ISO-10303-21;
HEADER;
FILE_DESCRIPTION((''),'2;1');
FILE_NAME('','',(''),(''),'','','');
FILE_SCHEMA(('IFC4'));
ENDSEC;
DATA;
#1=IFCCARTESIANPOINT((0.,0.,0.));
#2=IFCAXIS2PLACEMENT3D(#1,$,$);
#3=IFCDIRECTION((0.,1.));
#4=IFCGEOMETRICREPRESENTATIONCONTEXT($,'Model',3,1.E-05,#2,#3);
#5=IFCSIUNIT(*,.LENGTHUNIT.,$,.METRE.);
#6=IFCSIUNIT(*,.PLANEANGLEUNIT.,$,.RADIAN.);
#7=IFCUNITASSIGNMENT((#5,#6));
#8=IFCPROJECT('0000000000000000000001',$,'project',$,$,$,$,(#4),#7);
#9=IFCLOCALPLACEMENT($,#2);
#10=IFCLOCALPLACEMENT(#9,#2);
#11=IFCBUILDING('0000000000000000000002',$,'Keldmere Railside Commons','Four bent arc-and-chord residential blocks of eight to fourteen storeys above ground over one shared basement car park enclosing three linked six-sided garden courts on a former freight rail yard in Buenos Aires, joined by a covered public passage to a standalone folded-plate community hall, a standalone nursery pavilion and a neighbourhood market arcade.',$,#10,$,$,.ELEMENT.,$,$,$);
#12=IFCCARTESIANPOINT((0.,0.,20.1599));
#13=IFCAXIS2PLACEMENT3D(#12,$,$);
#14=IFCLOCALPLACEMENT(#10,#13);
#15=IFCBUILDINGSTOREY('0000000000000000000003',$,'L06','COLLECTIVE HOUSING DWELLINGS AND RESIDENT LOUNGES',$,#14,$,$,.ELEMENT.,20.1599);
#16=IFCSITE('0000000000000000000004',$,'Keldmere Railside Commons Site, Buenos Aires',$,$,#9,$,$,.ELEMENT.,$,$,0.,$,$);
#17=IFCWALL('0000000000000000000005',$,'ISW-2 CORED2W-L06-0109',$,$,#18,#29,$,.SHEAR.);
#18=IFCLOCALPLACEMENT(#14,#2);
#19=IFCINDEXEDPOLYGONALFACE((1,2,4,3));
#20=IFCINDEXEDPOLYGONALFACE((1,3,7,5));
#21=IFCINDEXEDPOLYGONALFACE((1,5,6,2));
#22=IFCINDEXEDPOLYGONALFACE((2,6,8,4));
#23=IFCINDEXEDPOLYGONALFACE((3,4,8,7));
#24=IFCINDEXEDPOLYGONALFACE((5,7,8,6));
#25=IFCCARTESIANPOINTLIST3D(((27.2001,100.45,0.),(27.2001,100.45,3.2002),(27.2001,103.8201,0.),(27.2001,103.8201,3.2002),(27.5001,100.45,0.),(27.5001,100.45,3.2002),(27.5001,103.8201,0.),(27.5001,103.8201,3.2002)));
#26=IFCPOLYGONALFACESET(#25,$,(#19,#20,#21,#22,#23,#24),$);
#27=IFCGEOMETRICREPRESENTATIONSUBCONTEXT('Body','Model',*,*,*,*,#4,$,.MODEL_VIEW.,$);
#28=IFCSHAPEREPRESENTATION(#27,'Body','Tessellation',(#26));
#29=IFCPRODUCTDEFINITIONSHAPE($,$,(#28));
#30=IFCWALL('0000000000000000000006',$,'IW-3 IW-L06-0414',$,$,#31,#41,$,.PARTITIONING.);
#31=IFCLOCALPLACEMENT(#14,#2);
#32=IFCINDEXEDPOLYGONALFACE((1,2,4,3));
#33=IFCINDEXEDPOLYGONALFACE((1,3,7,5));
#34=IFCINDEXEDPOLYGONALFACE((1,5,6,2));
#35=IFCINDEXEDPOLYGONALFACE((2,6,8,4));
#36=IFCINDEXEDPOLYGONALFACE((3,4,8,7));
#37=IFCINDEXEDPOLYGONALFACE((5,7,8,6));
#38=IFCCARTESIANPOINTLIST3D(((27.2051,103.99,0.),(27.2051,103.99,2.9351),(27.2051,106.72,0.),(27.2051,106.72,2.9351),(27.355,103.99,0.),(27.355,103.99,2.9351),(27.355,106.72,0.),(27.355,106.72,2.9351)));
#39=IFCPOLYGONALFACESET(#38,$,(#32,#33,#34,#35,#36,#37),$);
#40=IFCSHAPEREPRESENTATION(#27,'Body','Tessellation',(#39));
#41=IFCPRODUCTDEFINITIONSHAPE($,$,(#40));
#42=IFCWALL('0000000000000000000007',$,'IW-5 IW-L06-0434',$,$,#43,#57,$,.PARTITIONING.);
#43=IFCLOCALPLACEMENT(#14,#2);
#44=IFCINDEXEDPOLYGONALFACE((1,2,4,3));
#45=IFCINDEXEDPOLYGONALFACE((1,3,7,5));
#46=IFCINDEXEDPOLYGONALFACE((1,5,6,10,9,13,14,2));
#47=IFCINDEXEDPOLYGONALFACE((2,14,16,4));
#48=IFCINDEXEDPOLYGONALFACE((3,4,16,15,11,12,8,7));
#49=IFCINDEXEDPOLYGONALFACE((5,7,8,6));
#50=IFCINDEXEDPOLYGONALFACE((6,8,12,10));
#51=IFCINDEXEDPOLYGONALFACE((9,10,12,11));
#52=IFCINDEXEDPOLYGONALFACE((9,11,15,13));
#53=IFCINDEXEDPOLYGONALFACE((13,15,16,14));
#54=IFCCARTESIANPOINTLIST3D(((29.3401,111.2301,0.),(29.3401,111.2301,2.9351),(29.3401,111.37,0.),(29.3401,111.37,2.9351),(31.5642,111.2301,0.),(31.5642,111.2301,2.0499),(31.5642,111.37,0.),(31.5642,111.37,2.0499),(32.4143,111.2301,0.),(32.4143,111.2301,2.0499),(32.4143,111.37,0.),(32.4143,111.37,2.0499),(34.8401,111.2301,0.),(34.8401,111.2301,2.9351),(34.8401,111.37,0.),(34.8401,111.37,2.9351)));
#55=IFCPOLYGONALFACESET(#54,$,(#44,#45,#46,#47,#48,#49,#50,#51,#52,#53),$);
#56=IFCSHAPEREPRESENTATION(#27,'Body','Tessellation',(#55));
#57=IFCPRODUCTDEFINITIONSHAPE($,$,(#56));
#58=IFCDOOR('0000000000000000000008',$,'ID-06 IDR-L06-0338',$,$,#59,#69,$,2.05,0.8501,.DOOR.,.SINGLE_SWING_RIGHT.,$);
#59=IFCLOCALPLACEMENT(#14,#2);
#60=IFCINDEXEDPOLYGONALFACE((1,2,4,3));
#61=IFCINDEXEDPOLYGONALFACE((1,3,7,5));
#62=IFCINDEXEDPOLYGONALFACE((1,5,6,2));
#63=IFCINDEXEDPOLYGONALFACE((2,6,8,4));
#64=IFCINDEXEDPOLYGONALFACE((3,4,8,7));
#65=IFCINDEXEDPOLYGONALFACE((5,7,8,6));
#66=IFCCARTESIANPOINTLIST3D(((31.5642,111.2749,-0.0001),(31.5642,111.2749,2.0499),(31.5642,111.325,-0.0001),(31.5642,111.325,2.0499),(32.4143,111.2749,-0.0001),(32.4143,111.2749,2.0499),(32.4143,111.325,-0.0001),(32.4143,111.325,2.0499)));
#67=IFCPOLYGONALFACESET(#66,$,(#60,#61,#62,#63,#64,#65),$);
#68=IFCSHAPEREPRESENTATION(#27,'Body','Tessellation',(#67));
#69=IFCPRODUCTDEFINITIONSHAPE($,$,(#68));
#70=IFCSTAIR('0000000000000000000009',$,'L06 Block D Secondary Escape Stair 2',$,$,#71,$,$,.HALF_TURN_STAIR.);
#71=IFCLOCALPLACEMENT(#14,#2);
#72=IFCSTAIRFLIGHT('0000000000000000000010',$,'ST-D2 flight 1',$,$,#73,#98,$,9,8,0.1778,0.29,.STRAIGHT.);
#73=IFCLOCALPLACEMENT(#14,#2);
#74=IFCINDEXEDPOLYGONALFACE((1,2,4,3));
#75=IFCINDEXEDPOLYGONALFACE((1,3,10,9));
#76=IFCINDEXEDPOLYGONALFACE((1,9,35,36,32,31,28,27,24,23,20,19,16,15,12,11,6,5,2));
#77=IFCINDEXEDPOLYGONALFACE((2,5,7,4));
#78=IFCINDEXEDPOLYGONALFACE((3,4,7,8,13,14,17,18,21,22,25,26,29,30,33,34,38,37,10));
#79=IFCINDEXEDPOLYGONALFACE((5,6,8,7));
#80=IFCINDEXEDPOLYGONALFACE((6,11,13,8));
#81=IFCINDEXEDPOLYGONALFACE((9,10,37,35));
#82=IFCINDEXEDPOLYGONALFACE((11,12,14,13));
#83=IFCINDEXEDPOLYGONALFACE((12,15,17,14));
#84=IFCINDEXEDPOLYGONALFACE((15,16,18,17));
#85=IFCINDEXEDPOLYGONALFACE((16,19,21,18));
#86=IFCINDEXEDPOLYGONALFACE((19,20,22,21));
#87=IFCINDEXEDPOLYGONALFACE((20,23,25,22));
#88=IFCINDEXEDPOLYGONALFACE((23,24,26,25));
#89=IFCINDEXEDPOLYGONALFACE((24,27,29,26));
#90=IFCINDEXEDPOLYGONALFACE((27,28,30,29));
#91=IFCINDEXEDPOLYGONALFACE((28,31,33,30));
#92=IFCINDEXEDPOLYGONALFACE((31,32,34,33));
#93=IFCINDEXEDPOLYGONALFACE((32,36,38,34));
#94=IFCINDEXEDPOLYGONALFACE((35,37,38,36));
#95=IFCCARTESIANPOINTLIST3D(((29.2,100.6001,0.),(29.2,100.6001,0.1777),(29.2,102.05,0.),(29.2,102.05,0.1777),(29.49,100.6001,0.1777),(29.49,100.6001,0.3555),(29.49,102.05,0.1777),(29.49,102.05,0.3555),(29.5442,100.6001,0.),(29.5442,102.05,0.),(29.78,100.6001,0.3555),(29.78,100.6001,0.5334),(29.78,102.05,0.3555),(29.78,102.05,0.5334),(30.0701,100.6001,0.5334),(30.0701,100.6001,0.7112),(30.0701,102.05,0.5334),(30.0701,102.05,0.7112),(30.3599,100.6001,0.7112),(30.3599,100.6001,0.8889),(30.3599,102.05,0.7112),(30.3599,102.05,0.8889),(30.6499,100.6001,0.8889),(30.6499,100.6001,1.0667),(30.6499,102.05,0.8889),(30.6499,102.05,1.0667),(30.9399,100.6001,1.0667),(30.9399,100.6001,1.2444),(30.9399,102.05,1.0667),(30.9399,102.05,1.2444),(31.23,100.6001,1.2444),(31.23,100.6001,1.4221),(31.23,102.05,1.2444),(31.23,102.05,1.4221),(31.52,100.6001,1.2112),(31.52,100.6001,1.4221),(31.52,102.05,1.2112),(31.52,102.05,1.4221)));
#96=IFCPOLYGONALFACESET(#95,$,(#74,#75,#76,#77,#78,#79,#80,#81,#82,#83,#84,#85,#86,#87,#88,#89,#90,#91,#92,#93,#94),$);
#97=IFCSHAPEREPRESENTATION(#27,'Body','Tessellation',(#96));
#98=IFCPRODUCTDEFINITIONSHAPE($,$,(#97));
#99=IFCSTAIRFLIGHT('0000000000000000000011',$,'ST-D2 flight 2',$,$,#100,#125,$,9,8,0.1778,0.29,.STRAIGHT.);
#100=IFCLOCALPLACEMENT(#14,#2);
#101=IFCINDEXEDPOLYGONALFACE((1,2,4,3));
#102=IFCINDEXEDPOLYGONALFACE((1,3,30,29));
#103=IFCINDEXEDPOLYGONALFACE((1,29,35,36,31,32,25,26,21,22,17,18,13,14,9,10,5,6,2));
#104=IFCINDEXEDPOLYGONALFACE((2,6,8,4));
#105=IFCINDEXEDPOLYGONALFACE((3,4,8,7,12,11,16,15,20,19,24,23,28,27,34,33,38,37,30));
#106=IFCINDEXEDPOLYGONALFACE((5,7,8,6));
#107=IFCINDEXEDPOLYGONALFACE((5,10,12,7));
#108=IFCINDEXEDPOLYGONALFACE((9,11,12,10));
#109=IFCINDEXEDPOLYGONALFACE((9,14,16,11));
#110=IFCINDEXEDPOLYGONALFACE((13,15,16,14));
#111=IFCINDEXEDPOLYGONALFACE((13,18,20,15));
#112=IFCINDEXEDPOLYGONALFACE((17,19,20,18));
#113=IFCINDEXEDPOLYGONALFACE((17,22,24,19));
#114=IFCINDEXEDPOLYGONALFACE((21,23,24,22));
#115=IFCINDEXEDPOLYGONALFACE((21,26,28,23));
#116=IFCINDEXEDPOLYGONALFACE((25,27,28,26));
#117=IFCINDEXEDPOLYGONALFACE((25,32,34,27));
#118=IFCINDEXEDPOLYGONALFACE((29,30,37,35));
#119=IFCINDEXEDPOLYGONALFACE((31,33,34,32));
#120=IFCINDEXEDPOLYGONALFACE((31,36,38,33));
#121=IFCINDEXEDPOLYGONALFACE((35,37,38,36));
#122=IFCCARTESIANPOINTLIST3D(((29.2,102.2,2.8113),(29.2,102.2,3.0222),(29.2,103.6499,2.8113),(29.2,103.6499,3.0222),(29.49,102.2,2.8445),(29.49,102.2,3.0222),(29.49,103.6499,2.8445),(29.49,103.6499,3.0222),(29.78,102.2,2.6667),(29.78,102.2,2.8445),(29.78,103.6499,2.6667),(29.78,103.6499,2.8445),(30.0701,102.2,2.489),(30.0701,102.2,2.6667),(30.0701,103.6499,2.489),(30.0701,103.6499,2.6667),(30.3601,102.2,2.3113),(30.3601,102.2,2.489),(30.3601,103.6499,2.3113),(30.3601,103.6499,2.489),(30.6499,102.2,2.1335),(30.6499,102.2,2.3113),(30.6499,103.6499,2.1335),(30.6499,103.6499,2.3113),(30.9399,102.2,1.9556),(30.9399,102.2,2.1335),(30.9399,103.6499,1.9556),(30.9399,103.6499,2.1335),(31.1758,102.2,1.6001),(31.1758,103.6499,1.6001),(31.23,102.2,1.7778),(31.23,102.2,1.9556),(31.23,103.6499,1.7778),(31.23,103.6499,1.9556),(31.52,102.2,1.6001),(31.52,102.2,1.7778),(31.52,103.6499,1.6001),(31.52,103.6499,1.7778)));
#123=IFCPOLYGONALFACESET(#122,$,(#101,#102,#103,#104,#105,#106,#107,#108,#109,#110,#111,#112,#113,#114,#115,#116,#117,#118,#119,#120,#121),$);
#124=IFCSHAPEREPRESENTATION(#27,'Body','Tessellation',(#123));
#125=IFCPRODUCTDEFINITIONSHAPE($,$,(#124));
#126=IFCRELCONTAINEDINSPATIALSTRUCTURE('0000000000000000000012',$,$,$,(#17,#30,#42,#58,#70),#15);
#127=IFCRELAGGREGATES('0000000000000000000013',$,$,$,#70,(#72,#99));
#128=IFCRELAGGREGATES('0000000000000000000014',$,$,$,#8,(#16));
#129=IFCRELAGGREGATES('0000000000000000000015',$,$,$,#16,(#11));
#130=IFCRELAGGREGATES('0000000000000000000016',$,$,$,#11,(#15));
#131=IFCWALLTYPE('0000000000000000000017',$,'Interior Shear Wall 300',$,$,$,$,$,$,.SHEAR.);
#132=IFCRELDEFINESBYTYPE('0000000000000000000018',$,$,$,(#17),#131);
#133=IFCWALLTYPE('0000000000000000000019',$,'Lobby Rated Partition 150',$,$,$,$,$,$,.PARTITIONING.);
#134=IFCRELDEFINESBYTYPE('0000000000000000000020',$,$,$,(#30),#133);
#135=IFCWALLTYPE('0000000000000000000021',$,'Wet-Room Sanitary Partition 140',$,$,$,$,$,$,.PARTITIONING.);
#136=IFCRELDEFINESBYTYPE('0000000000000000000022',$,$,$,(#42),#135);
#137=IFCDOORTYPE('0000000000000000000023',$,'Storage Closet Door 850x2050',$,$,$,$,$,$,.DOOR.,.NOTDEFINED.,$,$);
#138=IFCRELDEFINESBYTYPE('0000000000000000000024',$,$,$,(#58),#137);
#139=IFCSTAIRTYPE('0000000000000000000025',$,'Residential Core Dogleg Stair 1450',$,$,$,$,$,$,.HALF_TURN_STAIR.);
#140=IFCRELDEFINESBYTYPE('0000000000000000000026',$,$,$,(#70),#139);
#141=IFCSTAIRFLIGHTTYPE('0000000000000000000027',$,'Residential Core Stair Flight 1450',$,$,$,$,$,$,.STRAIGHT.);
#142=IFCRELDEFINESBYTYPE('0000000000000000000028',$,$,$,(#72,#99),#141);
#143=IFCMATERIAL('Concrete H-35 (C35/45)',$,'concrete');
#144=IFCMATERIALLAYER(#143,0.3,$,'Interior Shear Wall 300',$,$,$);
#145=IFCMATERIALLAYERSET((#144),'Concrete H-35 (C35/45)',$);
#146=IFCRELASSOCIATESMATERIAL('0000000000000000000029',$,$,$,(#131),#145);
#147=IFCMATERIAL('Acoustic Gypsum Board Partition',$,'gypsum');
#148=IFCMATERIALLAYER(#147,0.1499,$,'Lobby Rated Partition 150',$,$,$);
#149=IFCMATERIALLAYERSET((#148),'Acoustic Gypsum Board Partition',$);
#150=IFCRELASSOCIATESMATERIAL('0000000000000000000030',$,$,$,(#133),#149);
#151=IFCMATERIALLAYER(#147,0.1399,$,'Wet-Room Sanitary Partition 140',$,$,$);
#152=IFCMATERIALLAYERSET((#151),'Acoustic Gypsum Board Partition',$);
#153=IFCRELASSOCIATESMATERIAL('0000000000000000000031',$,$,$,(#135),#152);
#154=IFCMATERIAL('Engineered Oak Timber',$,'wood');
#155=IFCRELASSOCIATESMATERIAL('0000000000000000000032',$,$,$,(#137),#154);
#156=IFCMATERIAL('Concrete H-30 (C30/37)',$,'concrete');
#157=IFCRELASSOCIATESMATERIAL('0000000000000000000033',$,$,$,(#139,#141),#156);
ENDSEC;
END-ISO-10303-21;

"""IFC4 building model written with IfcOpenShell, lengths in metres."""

from ifc_helpers import new_model, si_unit, direction, frame, frame_2d, origin, place, context, subcontext, project, spatial, polyline, rectangle, outline, extrude, material, layer, layer_set, type_object, element, fill, aggregate, save


model = new_model("IFC4")

# Units and contexts
model_context = context("Model", 3, precision=1e-05, world=origin(), true_north=direction((0.0, 1.0)))
body_context = subcontext(model_context, "Body", "Model", "MODEL_VIEW")
ifc_project = project(units=[si_unit("LENGTHUNIT", "METRE"), si_unit("PLANEANGLEUNIT", "RADIAN")], contexts=[model_context])

# Site, building, storey
site_placement = place(None, origin())
site = spatial("IfcSite", under=ifc_project, at=site_placement, Name="Keldmere Railside Commons Site, Buenos Aires", CompositionType="ELEMENT", RefElevation=0.0)
building_placement = place(site_placement, origin())
building = spatial("IfcBuilding", under=site, at=building_placement, Name="Keldmere Railside Commons", Description="Four bent arc-and-chord residential blocks of eight to fourteen storeys above ground over one shared basement car park enclosing three linked six-sided garden courts on a former freight rail yard in Buenos Aires, joined by a covered public passage to a standalone folded-plate community hall, a standalone nursery pavilion and a neighbourhood market arcade.", CompositionType="ELEMENT")
storey_placement = place(building_placement, frame((0.0, 0.0, 20.1599)))
storey = spatial("IfcBuildingStorey", under=building, at=storey_placement, Name="L06", Description="COLLECTIVE HOUSING DWELLINGS AND RESIDENT LOUNGES", CompositionType="ELEMENT", Elevation=20.1599)

# Shared definitions
ifc_material_1 = material(Name="Acoustic Gypsum Board Partition", Category="gypsum")
ifc_material_2 = material(Name="Engineered Oak Timber", Category="wood")

# Walls
ifc_material_3 = material(Name="Concrete H-35 (C35/45)", Category="concrete")
ifc_layer_1 = layer(ifc_material_3, 0.3, Name="Interior Shear Wall 300")
ifc_layer_set_1 = layer_set([ifc_layer_1], Name="Concrete H-35 (C35/45)")
wall_type_1 = type_object("IfcWallType", Name="Interior Shear Wall 300", PredefinedType="SHEAR", material=ifc_layer_set_1)
wall_1_placement = place(storey_placement, frame((27.3501, 103.8201, 0.0), z_axis=(0.0, 0.0, 1.0), x_axis=(0.0, -1.0, 0.0)))
element("IfcWall", 1, at=wall_1_placement, inside=storey, type_object=wall_type_1, Name="ISW-2 CORED2W-L06-0109", PredefinedType="SHEAR", context=body_context, shape_type="SweptSolid", body=[
    extrude(rectangle(XDim=3.3701, YDim=0.3, at=frame_2d((1.6851, 0.0))), origin(), (0.0, 0.0, 1.0), 3.2002),
])
ifc_layer_2 = layer(ifc_material_1, 0.1499, Name="Lobby Rated Partition 150")
ifc_layer_set_2 = layer_set([ifc_layer_2], Name="Acoustic Gypsum Board Partition")
wall_type_2 = type_object("IfcWallType", Name="Lobby Rated Partition 150", PredefinedType="PARTITIONING", material=ifc_layer_set_2)
wall_2_placement = place(storey_placement, frame((27.28, 103.99, 0.0), z_axis=(0.0, 0.0, 1.0), x_axis=(0.0, 1.0, 0.0)))
element("IfcWall", 2, at=wall_2_placement, inside=storey, type_object=wall_type_2, Name="IW-3 IW-L06-0414", PredefinedType="PARTITIONING", context=body_context, shape_type="SweptSolid", body=[
    extrude(rectangle(XDim=2.73, YDim=0.1499, at=frame_2d((1.365, 0.0))), origin(), (0.0, 0.0, 1.0), 2.9351),
])

# Wall, opening, door
ifc_layer_3 = layer(ifc_material_1, 0.1399, Name="Wet-Room Sanitary Partition 140")
ifc_layer_set_3 = layer_set([ifc_layer_3], Name="Acoustic Gypsum Board Partition")
wall_type_3 = type_object("IfcWallType", Name="Wet-Room Sanitary Partition 140", PredefinedType="PARTITIONING", material=ifc_layer_set_3)
wall_3_placement = place(storey_placement, frame((29.3401, 111.3, 0.0), z_axis=(0.0, 0.0, 1.0), x_axis=(1.0, 0.0, 0.0)))
wall_3 = element("IfcWall", 3, at=wall_3_placement, inside=storey, type_object=wall_type_3, Name="IW-5 IW-L06-0434", PredefinedType="PARTITIONING", context=body_context, shape_type="SweptSolid", body=[
    extrude(rectangle(XDim=5.5, YDim=0.1399, at=frame_2d((2.75, 0.0))), origin(), (0.0, 0.0, 1.0), 2.9351),
])
opening_1_placement = place(wall_3_placement, frame((2.2241, 0.0, 0.0)))
opening_1 = element("IfcOpeningElement", 4, at=opening_1_placement, cuts=wall_3, PredefinedType="OPENING", context=body_context, shape_type="SweptSolid", body=[
    extrude(rectangle(XDim=0.8501, YDim=2.05, at=frame_2d((0.425, 1.0249))), frame((0.0, 0.0798, 0.0), z_axis=(0.0, -1.0, 0.0), x_axis=(1.0, 0.0, 0.0)), (0.0, 0.0, 1.0), 0.1599),
])
door_type_1 = type_object("IfcDoorType", Name="Storage Closet Door 850x2050", OperationType="NOTDEFINED", PredefinedType="DOOR", material=ifc_material_2)
door_1_placement = place(opening_1_placement, origin())
door_1 = element("IfcDoor", 5, at=door_1_placement, inside=storey, type_object=door_type_1, Name="ID-06 IDR-L06-0338", OperationType="SINGLE_SWING_RIGHT", OverallHeight=2.05, OverallWidth=0.8501, PredefinedType="DOOR", context=body_context, shape_type="SweptSolid", body=[
    extrude(rectangle(XDim=0.8501, YDim=2.05, at=frame_2d((0.425, 1.0249))), frame((0.0, 0.0249, 0.0), z_axis=(0.0, -1.0, 0.0), x_axis=(1.0, 0.0, 0.0)), (0.0, 0.0, 1.0), 0.05),
])
fill(opening_1, door_1)

# Stair, stair flights
ifc_material_4 = material(Name="Concrete H-30 (C30/37)", Category="concrete")
stair_type = type_object("IfcStairType", Name="Residential Core Dogleg Stair 1450", PredefinedType="HALF_TURN_STAIR", material=ifc_material_4)
stair_placement = place(storey_placement, origin())
stair = element("IfcStair", 6, at=stair_placement, inside=storey, type_object=stair_type, Name="L06 Block D Secondary Escape Stair 2", PredefinedType="HALF_TURN_STAIR")
stair_flight_type = type_object("IfcStairFlightType", Name="Residential Core Stair Flight 1450", PredefinedType="STRAIGHT", material=ifc_material_4)
stair_flight_1_placement = place(storey_placement, frame((29.2, 101.325, 0.0), z_axis=(0.0, 0.0, 1.0), x_axis=(1.0, 0.0, 0.0)))
stair_flight_1 = element("IfcStairFlight", 7, at=stair_flight_1_placement, type_object=stair_flight_type, Name="ST-D2 flight 1", NumberOfRisers=9, NumberOfTreads=8, PredefinedType="STRAIGHT", RiserHeight=0.1778, TreadLength=0.29, context=body_context, shape_type="SweptSolid", body=[
    extrude(outline(polyline([(0.0, 0.0), (0.0, 0.1777), (0.29, 0.1777), (0.29, 0.3555), (0.5801, 0.3555), (0.5801, 0.5334), (0.8701, 0.5334), (0.8701, 0.7112), (1.1599, 0.7112), (1.1599, 0.8889), (1.45, 0.8889), (1.45, 1.0667), (1.74, 1.0667), (1.74, 1.2444), (2.03, 1.2444), (2.03, 1.4221), (2.3201, 1.4221), (2.3201, 1.6001), (2.3201, 1.2112), (0.3442, 0.0), (0.0, 0.0)])), frame((0.0, 0.7251, 0.0), z_axis=(0.0, -1.0, 0.0), x_axis=(1.0, 0.0, 0.0)), (0.0, 0.0, 1.0), 1.45),
])
stair_flight_2_placement = place(storey_placement, frame((31.52, 102.925, 1.6001), z_axis=(0.0, 0.0, 1.0), x_axis=(-1.0, 0.0, 0.0)))
stair_flight_2 = element("IfcStairFlight", 8, at=stair_flight_2_placement, type_object=stair_flight_type, Name="ST-D2 flight 2", NumberOfRisers=9, NumberOfTreads=8, PredefinedType="STRAIGHT", RiserHeight=0.1778, TreadLength=0.29, context=body_context, shape_type="SweptSolid", body=[
    extrude(outline(polyline([(0.0, 0.0), (0.0, 0.1777), (0.29, 0.1777), (0.29, 0.3555), (0.5801, 0.3555), (0.5801, 0.5334), (0.8701, 0.5334), (0.8701, 0.7112), (1.1599, 0.7112), (1.1599, 0.8889), (1.45, 0.8889), (1.45, 1.0667), (1.74, 1.0667), (1.74, 1.2444), (2.03, 1.2444), (2.03, 1.4221), (2.3201, 1.4221), (2.3201, 1.6001), (2.3201, 1.2112), (0.3442, 0.0), (0.0, 0.0)])), frame((0.0, 0.7251, 0.0), z_axis=(0.0, -1.0, 0.0), x_axis=(1.0, 0.0, 0.0)), (0.0, 0.0, 1.0), 1.45),
])
aggregate(stair, [stair_flight_1, stair_flight_2])

save(model, "model.ifc")
